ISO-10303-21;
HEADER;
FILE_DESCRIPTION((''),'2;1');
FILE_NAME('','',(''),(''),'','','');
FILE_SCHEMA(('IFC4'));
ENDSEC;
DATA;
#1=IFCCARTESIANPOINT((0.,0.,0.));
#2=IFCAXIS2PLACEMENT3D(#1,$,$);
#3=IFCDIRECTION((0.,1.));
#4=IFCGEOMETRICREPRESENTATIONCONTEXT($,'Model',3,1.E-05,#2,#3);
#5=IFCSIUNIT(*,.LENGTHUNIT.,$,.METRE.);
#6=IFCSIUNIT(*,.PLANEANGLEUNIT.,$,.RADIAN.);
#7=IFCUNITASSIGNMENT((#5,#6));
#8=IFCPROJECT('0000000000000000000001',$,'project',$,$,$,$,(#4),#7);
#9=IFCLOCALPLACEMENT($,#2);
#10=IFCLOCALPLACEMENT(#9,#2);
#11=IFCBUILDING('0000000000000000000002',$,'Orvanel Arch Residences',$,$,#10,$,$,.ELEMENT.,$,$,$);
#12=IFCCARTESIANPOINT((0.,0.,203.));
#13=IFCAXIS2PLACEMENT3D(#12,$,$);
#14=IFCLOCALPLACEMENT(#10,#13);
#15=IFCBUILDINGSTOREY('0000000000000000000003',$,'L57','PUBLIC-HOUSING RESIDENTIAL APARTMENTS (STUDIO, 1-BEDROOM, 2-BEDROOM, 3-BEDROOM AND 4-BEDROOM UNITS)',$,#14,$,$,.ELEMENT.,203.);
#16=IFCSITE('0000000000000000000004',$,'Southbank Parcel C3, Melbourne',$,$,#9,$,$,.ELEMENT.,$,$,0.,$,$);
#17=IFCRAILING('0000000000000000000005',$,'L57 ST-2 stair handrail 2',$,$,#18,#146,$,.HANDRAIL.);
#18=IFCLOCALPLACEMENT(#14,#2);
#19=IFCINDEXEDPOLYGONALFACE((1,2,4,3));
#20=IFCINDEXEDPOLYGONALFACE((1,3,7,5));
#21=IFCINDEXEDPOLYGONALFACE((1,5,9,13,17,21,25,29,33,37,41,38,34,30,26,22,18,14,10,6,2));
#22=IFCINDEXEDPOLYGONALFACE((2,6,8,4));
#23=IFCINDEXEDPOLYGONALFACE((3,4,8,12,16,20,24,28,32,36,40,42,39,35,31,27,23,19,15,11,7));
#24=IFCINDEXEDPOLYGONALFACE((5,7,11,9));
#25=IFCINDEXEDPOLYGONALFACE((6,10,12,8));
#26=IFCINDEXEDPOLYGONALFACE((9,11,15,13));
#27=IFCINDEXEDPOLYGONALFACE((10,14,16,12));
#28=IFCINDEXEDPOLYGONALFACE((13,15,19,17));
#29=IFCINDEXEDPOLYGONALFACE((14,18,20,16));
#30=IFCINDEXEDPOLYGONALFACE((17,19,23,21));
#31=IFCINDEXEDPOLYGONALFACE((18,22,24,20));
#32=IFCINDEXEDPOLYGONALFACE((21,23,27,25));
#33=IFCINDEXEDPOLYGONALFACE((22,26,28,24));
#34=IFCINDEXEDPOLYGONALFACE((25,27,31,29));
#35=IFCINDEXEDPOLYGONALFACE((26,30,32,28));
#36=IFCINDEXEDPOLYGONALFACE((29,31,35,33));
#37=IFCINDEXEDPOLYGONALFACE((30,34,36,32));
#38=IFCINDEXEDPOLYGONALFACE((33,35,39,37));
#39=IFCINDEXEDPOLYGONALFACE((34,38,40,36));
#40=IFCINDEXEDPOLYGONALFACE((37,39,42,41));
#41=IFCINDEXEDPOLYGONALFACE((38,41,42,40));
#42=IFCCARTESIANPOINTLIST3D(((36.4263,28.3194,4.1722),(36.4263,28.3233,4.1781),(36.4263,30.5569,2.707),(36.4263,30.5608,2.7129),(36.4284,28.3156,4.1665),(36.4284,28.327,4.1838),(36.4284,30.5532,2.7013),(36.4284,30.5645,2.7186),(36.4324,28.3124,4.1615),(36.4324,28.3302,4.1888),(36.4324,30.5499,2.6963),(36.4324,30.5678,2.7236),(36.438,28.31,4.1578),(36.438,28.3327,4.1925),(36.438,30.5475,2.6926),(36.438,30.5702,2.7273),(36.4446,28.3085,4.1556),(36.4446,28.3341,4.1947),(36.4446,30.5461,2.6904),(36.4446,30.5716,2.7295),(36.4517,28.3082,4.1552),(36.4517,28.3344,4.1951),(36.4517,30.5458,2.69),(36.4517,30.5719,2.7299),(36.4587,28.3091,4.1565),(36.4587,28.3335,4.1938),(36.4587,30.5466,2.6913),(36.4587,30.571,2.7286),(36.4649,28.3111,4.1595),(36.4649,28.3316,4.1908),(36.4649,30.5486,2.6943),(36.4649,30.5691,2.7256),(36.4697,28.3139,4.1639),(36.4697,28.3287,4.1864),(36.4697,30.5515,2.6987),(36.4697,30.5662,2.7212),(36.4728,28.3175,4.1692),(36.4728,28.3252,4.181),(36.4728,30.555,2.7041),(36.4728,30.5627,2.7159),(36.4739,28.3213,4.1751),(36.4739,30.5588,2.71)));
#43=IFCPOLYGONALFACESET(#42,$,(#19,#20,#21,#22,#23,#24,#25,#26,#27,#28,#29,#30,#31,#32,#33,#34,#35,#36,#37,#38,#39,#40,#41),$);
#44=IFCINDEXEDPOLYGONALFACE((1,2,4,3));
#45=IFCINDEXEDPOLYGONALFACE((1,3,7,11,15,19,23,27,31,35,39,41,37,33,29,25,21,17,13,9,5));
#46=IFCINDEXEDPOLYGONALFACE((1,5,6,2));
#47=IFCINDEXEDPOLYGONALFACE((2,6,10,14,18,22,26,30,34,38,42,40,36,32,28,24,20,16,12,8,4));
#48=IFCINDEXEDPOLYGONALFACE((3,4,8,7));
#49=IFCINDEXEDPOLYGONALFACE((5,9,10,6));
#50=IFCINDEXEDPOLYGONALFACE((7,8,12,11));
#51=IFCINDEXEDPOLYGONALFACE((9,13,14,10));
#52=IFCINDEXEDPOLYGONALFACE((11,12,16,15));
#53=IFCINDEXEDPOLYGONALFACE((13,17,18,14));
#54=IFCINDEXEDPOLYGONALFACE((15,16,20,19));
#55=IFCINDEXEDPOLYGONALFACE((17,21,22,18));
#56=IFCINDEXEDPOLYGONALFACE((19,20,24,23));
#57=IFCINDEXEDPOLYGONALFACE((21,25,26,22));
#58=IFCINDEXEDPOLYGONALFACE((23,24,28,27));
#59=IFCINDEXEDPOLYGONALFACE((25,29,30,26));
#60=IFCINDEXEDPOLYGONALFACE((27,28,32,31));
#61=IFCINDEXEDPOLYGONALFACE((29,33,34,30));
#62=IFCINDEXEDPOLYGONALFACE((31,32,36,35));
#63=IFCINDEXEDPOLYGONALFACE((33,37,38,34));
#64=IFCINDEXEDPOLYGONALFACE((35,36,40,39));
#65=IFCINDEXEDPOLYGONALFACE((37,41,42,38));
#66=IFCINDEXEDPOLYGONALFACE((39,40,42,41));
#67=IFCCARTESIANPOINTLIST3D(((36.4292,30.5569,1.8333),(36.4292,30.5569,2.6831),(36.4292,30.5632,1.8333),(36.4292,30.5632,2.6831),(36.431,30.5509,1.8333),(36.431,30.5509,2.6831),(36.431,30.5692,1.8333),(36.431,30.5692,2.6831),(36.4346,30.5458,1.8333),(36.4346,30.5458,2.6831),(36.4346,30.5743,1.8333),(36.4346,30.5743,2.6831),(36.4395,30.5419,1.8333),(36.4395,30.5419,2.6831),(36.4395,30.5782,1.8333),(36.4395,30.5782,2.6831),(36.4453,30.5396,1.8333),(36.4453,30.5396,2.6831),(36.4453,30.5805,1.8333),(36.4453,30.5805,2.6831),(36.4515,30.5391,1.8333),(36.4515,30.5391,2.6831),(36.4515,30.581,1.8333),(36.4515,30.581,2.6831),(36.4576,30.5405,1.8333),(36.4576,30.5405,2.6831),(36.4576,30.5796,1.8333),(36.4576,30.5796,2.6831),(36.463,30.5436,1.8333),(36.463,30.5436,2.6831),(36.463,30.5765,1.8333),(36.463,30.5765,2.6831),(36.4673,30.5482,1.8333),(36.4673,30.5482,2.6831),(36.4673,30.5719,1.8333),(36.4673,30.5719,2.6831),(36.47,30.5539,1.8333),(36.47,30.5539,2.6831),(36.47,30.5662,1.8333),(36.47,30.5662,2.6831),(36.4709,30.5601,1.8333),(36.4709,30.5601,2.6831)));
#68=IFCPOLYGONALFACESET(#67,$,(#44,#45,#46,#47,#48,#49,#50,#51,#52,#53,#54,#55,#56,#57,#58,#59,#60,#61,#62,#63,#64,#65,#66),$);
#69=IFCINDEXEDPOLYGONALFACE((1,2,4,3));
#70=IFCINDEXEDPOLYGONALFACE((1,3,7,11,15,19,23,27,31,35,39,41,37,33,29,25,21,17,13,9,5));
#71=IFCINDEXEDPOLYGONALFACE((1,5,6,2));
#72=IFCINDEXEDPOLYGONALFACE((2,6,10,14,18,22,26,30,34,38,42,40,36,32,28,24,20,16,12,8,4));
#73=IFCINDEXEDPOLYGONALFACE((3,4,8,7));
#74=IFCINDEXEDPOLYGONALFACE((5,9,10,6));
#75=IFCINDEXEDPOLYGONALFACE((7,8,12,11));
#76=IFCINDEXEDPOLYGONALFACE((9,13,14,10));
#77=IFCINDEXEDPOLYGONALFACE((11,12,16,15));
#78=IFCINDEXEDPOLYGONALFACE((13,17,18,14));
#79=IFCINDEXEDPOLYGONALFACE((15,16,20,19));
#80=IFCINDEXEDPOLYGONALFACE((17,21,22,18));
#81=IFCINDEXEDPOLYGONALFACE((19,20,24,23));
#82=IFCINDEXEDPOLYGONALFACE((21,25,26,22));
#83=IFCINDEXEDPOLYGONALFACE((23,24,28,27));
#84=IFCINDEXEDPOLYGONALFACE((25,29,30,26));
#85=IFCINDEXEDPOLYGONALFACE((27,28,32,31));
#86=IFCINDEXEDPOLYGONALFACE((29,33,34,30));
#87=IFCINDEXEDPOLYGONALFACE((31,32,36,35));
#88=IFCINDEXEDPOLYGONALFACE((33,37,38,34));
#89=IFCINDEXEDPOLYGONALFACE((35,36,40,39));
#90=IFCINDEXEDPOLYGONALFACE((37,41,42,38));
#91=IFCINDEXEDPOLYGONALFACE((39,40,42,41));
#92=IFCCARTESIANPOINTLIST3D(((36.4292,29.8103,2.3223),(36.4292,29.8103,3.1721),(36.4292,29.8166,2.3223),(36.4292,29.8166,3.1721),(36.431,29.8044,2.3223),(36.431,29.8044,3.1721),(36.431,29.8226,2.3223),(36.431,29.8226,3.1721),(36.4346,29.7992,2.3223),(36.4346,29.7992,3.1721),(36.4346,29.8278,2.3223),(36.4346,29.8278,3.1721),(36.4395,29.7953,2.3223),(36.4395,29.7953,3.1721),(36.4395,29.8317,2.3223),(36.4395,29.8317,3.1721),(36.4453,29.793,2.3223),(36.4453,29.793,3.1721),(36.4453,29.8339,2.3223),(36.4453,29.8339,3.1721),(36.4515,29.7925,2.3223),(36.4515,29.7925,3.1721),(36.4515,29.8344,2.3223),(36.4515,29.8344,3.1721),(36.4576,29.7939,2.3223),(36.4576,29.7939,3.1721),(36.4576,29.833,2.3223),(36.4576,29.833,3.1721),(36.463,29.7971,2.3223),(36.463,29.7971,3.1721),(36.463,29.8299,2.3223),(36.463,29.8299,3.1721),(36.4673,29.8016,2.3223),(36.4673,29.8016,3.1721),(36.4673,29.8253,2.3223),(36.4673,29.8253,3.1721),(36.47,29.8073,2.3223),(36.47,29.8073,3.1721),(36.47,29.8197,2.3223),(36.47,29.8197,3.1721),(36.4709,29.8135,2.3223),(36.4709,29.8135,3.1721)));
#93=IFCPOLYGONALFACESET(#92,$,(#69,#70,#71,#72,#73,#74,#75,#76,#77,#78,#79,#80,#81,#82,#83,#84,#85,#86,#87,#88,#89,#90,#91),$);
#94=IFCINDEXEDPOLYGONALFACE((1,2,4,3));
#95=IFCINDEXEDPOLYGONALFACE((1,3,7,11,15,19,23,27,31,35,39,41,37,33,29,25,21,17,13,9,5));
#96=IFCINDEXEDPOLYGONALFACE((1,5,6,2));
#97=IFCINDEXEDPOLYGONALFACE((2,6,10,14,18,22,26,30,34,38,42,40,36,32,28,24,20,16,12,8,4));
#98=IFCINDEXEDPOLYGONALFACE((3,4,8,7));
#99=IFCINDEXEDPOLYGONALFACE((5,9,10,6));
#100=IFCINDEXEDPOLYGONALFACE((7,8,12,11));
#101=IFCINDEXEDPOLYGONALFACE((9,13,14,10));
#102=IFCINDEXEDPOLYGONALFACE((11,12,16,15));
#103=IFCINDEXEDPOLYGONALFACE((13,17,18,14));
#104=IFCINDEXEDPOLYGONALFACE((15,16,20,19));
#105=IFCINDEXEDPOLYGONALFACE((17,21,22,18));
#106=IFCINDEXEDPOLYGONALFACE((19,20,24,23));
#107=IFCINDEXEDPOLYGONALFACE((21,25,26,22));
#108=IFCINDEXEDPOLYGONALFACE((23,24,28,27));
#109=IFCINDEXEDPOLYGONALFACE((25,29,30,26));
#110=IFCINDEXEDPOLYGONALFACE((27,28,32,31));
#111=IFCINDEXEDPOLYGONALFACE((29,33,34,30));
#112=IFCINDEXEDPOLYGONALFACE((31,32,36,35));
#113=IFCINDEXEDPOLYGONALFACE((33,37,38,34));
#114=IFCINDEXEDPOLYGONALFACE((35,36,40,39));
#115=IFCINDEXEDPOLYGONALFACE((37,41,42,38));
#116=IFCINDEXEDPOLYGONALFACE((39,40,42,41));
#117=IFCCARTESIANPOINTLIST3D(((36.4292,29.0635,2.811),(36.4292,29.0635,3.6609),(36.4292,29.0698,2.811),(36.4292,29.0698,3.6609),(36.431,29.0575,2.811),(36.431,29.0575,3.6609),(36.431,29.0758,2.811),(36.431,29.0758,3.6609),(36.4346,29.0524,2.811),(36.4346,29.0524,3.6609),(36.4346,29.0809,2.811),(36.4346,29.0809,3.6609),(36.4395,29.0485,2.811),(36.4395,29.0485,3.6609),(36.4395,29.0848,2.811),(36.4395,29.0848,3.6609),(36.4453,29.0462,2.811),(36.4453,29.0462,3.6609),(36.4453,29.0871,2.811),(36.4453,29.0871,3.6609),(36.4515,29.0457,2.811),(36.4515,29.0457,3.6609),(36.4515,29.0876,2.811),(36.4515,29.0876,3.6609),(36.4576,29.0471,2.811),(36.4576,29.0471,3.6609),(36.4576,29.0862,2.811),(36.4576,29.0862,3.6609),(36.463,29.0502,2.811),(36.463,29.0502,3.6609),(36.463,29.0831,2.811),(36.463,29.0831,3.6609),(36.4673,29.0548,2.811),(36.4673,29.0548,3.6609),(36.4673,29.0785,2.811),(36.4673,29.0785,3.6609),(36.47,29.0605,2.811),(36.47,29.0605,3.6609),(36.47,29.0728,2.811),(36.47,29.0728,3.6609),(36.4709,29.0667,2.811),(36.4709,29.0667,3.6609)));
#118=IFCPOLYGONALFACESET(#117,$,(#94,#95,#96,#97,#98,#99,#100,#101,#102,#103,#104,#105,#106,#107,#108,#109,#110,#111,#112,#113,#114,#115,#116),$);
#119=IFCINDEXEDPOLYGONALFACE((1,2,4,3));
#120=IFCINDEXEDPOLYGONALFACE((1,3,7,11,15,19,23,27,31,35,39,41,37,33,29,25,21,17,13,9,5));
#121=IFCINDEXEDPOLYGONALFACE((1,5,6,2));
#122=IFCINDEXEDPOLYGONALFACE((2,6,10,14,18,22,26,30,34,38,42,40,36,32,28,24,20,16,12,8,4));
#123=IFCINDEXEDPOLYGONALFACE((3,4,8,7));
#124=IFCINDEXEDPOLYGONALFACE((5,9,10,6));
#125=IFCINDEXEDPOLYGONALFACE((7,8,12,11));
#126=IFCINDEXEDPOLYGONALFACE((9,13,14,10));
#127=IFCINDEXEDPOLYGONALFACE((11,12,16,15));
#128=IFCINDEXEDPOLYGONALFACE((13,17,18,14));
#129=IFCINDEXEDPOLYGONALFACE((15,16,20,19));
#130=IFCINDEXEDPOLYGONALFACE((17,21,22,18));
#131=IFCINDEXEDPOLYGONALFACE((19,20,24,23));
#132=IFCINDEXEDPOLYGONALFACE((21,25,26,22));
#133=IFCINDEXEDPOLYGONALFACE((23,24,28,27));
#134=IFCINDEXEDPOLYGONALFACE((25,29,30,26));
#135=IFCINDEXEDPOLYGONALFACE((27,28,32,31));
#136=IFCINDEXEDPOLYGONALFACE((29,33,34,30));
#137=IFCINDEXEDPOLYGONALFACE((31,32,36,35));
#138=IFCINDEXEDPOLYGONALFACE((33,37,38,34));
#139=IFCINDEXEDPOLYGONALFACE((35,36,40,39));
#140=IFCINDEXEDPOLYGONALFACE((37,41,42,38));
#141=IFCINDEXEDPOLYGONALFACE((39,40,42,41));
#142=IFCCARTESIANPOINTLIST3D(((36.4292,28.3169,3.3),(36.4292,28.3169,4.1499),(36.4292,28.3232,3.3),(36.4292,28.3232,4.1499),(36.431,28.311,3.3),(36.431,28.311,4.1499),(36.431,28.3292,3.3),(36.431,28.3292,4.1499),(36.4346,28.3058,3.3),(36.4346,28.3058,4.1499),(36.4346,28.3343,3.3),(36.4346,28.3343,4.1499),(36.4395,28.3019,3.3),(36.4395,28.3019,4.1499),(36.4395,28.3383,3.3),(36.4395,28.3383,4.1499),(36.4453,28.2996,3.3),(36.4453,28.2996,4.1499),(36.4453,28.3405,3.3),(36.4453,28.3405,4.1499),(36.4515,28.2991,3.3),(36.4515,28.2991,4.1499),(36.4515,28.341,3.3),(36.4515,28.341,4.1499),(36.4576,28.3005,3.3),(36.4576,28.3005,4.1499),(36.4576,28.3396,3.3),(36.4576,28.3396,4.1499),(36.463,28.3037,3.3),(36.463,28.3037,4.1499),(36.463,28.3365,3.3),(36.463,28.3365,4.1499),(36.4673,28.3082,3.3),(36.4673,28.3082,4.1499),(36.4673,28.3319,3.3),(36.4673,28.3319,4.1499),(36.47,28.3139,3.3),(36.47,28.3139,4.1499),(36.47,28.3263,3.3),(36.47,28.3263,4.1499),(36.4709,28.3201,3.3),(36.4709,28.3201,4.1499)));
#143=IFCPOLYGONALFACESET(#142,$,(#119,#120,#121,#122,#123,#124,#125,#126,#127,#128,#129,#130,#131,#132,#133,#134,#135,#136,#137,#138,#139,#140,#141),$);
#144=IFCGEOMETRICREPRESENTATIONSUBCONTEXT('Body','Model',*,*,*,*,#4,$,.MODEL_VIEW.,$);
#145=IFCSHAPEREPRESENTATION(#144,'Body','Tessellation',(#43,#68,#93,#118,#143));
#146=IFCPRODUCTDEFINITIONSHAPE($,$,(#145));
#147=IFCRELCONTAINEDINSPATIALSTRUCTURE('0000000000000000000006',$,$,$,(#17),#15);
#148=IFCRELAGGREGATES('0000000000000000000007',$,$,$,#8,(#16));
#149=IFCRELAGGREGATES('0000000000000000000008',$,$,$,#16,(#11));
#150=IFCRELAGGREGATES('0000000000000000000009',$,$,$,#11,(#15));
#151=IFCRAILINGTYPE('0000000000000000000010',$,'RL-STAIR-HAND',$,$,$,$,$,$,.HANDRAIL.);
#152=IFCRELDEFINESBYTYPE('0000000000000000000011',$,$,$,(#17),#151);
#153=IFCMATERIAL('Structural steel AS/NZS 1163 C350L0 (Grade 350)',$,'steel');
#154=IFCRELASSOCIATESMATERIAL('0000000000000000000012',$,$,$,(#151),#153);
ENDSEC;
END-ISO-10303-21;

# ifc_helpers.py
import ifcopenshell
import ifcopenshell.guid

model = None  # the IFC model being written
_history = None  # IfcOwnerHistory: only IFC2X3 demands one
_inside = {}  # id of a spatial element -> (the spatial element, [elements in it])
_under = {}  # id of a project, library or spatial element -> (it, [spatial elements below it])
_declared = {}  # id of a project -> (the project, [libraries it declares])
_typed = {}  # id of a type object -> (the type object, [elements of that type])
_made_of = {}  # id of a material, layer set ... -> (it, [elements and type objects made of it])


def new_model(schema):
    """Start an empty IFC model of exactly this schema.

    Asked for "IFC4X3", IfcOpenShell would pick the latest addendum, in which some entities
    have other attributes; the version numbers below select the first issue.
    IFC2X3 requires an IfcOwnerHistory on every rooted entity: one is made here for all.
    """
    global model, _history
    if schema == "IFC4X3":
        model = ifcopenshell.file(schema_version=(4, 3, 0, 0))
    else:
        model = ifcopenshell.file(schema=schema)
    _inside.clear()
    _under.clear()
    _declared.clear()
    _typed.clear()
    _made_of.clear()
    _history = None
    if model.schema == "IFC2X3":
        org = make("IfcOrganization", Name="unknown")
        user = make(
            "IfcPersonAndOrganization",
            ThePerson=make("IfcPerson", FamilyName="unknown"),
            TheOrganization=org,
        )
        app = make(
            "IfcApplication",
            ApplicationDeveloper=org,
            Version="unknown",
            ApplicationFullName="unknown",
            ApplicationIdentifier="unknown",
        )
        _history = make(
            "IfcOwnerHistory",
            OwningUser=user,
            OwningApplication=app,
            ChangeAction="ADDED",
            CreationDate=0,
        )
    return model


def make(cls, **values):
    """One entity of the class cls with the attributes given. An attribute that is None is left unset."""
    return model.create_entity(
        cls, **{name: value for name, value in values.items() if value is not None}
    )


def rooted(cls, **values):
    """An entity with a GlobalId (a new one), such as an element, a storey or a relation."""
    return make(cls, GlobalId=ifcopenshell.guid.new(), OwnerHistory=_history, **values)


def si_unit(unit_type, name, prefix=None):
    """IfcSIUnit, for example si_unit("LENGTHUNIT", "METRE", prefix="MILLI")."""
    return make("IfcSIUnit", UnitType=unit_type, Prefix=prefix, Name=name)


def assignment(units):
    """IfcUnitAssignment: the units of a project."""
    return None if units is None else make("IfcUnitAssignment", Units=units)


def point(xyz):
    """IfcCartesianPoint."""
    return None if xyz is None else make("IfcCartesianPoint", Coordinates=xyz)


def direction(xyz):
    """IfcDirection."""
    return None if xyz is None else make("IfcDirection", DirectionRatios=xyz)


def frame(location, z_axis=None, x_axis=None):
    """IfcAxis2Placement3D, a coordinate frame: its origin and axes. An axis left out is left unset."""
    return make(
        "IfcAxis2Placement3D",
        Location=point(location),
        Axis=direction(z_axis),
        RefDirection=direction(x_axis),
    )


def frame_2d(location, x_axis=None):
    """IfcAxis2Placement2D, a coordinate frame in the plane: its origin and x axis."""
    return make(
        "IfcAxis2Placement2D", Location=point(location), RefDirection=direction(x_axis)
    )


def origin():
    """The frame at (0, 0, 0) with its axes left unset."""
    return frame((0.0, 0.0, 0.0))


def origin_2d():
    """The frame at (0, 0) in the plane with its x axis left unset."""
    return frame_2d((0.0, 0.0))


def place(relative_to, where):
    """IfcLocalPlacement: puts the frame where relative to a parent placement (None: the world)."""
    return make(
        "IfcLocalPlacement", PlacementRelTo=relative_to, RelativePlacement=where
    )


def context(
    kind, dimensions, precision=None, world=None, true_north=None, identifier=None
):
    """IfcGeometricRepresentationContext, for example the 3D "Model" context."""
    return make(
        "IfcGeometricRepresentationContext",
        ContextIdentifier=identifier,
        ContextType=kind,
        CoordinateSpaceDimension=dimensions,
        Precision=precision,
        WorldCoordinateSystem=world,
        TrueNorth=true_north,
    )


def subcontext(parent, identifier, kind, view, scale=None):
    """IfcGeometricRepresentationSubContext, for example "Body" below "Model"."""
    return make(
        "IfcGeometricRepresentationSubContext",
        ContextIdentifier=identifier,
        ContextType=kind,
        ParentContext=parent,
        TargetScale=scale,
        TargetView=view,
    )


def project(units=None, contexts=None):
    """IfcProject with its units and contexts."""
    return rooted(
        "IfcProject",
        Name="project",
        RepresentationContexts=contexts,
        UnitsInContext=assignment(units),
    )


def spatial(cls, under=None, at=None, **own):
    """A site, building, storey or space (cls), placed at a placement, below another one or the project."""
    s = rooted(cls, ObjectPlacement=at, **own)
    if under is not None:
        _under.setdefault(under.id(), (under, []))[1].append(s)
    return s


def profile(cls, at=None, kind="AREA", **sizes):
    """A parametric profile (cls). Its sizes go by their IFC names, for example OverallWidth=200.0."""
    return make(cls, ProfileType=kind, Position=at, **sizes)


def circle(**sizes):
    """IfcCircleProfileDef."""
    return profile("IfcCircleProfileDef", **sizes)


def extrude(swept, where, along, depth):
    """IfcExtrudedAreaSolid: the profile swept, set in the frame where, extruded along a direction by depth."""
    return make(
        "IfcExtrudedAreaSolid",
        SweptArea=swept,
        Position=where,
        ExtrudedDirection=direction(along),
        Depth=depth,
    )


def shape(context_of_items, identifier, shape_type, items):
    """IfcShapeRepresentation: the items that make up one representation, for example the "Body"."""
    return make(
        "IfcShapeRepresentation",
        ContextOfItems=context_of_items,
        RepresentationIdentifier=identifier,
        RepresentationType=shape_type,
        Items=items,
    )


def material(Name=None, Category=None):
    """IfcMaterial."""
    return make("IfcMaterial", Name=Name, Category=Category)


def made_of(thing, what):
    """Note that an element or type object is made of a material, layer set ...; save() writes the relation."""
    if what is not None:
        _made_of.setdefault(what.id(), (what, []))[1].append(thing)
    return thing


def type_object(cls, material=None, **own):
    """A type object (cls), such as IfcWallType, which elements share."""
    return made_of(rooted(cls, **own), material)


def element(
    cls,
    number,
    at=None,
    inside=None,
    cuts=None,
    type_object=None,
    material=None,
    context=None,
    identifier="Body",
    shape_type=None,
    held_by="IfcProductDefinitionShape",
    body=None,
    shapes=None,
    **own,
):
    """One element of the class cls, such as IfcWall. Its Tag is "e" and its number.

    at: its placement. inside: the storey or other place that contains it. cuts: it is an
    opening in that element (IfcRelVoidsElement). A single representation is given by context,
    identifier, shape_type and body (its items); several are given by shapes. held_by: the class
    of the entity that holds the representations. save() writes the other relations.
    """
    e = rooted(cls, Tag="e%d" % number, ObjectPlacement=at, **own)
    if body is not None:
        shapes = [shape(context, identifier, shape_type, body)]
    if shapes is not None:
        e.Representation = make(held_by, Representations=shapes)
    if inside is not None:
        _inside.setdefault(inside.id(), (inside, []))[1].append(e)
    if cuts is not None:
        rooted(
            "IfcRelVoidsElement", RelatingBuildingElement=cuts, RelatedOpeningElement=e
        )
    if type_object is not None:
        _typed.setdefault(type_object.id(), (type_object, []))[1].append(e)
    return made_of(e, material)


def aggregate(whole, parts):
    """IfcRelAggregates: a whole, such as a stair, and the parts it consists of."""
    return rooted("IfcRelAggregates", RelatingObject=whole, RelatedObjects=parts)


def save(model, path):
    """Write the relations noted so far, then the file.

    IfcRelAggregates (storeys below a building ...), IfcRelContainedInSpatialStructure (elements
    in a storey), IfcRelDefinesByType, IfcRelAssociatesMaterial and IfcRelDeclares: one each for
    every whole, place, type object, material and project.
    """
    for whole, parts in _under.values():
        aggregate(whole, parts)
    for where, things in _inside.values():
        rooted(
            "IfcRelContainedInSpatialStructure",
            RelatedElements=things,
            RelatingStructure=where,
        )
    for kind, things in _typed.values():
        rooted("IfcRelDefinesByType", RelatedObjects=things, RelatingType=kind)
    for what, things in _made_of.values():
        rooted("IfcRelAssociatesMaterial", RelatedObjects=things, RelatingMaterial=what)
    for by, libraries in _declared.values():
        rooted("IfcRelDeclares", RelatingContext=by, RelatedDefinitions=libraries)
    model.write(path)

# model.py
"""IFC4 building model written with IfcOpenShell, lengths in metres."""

from ifc_helpers import new_model, si_unit, direction, frame, origin, origin_2d, place, context, subcontext, project, spatial, circle, extrude, material, type_object, element, save


model = new_model("IFC4")

# Units and contexts
model_context = context("Model", 3, precision=1e-05, world=origin(), true_north=direction((0.0, 1.0)))
body_context = subcontext(model_context, "Body", "Model", "MODEL_VIEW")
ifc_project = project(units=[si_unit("LENGTHUNIT", "METRE"), si_unit("PLANEANGLEUNIT", "RADIAN")], contexts=[model_context])

# Site, building, storey
site_placement = place(None, origin())
site = spatial("IfcSite", under=ifc_project, at=site_placement, Name="Southbank Parcel C3, Melbourne", CompositionType="ELEMENT", RefElevation=0.0)
building_placement = place(site_placement, origin())
building = spatial("IfcBuilding", under=site, at=building_placement, Name="Orvanel Arch Residences", CompositionType="ELEMENT")
storey_placement = place(building_placement, frame((0.0, 0.0, 203.0)))
storey = spatial("IfcBuildingStorey", under=building, at=storey_placement, Name="L57", Description="PUBLIC-HOUSING RESIDENTIAL APARTMENTS (STUDIO, 1-BEDROOM, 2-BEDROOM, 3-BEDROOM AND 4-BEDROOM UNITS)", CompositionType="ELEMENT", Elevation=203.0)

# Railing
ifc_material_1 = material(Name="Structural steel AS/NZS 1163 C350L0 (Grade 350)", Category="steel")
railing_type_1 = type_object("IfcRailingType", Name="RL-STAIR-HAND", PredefinedType="HANDRAIL", material=ifc_material_1)
railing_1_placement = place(storey_placement, frame((36.45, 30.5601, 1.8333)))
element("IfcRailing", 1, at=railing_1_placement, inside=storey, type_object=railing_type_1, Name="L57 ST-2 stair handrail 2", PredefinedType="HANDRAIL", context=body_context, shape_type="SweptSolid", body=[
    extrude(circle(Radius=0.0239, at=origin_2d()), frame((0.0, -0.0012, 0.8767), z_axis=(0.0, -0.836595, 0.547822), x_axis=(1.0, 0.0, 0.0)), (0.0, 0.0, 1.0), 2.6746),
    extrude(circle(Radius=0.021, at=origin_2d()), origin(), (0.0, 0.0, 1.0), 0.8499),
    extrude(circle(Radius=0.021, at=origin_2d()), frame((0.0, -0.7466, 0.489)), (0.0, 0.0, 1.0), 0.8499),
    extrude(circle(Radius=0.021, at=origin_2d()), frame((0.0, -1.4934, 0.9778)), (0.0, 0.0, 1.0), 0.8499),
    extrude(circle(Radius=0.021, at=origin_2d()), frame((0.0, -2.24, 1.4668)), (0.0, 0.0, 1.0), 0.8499),
])

save(model, "model.ifc")
